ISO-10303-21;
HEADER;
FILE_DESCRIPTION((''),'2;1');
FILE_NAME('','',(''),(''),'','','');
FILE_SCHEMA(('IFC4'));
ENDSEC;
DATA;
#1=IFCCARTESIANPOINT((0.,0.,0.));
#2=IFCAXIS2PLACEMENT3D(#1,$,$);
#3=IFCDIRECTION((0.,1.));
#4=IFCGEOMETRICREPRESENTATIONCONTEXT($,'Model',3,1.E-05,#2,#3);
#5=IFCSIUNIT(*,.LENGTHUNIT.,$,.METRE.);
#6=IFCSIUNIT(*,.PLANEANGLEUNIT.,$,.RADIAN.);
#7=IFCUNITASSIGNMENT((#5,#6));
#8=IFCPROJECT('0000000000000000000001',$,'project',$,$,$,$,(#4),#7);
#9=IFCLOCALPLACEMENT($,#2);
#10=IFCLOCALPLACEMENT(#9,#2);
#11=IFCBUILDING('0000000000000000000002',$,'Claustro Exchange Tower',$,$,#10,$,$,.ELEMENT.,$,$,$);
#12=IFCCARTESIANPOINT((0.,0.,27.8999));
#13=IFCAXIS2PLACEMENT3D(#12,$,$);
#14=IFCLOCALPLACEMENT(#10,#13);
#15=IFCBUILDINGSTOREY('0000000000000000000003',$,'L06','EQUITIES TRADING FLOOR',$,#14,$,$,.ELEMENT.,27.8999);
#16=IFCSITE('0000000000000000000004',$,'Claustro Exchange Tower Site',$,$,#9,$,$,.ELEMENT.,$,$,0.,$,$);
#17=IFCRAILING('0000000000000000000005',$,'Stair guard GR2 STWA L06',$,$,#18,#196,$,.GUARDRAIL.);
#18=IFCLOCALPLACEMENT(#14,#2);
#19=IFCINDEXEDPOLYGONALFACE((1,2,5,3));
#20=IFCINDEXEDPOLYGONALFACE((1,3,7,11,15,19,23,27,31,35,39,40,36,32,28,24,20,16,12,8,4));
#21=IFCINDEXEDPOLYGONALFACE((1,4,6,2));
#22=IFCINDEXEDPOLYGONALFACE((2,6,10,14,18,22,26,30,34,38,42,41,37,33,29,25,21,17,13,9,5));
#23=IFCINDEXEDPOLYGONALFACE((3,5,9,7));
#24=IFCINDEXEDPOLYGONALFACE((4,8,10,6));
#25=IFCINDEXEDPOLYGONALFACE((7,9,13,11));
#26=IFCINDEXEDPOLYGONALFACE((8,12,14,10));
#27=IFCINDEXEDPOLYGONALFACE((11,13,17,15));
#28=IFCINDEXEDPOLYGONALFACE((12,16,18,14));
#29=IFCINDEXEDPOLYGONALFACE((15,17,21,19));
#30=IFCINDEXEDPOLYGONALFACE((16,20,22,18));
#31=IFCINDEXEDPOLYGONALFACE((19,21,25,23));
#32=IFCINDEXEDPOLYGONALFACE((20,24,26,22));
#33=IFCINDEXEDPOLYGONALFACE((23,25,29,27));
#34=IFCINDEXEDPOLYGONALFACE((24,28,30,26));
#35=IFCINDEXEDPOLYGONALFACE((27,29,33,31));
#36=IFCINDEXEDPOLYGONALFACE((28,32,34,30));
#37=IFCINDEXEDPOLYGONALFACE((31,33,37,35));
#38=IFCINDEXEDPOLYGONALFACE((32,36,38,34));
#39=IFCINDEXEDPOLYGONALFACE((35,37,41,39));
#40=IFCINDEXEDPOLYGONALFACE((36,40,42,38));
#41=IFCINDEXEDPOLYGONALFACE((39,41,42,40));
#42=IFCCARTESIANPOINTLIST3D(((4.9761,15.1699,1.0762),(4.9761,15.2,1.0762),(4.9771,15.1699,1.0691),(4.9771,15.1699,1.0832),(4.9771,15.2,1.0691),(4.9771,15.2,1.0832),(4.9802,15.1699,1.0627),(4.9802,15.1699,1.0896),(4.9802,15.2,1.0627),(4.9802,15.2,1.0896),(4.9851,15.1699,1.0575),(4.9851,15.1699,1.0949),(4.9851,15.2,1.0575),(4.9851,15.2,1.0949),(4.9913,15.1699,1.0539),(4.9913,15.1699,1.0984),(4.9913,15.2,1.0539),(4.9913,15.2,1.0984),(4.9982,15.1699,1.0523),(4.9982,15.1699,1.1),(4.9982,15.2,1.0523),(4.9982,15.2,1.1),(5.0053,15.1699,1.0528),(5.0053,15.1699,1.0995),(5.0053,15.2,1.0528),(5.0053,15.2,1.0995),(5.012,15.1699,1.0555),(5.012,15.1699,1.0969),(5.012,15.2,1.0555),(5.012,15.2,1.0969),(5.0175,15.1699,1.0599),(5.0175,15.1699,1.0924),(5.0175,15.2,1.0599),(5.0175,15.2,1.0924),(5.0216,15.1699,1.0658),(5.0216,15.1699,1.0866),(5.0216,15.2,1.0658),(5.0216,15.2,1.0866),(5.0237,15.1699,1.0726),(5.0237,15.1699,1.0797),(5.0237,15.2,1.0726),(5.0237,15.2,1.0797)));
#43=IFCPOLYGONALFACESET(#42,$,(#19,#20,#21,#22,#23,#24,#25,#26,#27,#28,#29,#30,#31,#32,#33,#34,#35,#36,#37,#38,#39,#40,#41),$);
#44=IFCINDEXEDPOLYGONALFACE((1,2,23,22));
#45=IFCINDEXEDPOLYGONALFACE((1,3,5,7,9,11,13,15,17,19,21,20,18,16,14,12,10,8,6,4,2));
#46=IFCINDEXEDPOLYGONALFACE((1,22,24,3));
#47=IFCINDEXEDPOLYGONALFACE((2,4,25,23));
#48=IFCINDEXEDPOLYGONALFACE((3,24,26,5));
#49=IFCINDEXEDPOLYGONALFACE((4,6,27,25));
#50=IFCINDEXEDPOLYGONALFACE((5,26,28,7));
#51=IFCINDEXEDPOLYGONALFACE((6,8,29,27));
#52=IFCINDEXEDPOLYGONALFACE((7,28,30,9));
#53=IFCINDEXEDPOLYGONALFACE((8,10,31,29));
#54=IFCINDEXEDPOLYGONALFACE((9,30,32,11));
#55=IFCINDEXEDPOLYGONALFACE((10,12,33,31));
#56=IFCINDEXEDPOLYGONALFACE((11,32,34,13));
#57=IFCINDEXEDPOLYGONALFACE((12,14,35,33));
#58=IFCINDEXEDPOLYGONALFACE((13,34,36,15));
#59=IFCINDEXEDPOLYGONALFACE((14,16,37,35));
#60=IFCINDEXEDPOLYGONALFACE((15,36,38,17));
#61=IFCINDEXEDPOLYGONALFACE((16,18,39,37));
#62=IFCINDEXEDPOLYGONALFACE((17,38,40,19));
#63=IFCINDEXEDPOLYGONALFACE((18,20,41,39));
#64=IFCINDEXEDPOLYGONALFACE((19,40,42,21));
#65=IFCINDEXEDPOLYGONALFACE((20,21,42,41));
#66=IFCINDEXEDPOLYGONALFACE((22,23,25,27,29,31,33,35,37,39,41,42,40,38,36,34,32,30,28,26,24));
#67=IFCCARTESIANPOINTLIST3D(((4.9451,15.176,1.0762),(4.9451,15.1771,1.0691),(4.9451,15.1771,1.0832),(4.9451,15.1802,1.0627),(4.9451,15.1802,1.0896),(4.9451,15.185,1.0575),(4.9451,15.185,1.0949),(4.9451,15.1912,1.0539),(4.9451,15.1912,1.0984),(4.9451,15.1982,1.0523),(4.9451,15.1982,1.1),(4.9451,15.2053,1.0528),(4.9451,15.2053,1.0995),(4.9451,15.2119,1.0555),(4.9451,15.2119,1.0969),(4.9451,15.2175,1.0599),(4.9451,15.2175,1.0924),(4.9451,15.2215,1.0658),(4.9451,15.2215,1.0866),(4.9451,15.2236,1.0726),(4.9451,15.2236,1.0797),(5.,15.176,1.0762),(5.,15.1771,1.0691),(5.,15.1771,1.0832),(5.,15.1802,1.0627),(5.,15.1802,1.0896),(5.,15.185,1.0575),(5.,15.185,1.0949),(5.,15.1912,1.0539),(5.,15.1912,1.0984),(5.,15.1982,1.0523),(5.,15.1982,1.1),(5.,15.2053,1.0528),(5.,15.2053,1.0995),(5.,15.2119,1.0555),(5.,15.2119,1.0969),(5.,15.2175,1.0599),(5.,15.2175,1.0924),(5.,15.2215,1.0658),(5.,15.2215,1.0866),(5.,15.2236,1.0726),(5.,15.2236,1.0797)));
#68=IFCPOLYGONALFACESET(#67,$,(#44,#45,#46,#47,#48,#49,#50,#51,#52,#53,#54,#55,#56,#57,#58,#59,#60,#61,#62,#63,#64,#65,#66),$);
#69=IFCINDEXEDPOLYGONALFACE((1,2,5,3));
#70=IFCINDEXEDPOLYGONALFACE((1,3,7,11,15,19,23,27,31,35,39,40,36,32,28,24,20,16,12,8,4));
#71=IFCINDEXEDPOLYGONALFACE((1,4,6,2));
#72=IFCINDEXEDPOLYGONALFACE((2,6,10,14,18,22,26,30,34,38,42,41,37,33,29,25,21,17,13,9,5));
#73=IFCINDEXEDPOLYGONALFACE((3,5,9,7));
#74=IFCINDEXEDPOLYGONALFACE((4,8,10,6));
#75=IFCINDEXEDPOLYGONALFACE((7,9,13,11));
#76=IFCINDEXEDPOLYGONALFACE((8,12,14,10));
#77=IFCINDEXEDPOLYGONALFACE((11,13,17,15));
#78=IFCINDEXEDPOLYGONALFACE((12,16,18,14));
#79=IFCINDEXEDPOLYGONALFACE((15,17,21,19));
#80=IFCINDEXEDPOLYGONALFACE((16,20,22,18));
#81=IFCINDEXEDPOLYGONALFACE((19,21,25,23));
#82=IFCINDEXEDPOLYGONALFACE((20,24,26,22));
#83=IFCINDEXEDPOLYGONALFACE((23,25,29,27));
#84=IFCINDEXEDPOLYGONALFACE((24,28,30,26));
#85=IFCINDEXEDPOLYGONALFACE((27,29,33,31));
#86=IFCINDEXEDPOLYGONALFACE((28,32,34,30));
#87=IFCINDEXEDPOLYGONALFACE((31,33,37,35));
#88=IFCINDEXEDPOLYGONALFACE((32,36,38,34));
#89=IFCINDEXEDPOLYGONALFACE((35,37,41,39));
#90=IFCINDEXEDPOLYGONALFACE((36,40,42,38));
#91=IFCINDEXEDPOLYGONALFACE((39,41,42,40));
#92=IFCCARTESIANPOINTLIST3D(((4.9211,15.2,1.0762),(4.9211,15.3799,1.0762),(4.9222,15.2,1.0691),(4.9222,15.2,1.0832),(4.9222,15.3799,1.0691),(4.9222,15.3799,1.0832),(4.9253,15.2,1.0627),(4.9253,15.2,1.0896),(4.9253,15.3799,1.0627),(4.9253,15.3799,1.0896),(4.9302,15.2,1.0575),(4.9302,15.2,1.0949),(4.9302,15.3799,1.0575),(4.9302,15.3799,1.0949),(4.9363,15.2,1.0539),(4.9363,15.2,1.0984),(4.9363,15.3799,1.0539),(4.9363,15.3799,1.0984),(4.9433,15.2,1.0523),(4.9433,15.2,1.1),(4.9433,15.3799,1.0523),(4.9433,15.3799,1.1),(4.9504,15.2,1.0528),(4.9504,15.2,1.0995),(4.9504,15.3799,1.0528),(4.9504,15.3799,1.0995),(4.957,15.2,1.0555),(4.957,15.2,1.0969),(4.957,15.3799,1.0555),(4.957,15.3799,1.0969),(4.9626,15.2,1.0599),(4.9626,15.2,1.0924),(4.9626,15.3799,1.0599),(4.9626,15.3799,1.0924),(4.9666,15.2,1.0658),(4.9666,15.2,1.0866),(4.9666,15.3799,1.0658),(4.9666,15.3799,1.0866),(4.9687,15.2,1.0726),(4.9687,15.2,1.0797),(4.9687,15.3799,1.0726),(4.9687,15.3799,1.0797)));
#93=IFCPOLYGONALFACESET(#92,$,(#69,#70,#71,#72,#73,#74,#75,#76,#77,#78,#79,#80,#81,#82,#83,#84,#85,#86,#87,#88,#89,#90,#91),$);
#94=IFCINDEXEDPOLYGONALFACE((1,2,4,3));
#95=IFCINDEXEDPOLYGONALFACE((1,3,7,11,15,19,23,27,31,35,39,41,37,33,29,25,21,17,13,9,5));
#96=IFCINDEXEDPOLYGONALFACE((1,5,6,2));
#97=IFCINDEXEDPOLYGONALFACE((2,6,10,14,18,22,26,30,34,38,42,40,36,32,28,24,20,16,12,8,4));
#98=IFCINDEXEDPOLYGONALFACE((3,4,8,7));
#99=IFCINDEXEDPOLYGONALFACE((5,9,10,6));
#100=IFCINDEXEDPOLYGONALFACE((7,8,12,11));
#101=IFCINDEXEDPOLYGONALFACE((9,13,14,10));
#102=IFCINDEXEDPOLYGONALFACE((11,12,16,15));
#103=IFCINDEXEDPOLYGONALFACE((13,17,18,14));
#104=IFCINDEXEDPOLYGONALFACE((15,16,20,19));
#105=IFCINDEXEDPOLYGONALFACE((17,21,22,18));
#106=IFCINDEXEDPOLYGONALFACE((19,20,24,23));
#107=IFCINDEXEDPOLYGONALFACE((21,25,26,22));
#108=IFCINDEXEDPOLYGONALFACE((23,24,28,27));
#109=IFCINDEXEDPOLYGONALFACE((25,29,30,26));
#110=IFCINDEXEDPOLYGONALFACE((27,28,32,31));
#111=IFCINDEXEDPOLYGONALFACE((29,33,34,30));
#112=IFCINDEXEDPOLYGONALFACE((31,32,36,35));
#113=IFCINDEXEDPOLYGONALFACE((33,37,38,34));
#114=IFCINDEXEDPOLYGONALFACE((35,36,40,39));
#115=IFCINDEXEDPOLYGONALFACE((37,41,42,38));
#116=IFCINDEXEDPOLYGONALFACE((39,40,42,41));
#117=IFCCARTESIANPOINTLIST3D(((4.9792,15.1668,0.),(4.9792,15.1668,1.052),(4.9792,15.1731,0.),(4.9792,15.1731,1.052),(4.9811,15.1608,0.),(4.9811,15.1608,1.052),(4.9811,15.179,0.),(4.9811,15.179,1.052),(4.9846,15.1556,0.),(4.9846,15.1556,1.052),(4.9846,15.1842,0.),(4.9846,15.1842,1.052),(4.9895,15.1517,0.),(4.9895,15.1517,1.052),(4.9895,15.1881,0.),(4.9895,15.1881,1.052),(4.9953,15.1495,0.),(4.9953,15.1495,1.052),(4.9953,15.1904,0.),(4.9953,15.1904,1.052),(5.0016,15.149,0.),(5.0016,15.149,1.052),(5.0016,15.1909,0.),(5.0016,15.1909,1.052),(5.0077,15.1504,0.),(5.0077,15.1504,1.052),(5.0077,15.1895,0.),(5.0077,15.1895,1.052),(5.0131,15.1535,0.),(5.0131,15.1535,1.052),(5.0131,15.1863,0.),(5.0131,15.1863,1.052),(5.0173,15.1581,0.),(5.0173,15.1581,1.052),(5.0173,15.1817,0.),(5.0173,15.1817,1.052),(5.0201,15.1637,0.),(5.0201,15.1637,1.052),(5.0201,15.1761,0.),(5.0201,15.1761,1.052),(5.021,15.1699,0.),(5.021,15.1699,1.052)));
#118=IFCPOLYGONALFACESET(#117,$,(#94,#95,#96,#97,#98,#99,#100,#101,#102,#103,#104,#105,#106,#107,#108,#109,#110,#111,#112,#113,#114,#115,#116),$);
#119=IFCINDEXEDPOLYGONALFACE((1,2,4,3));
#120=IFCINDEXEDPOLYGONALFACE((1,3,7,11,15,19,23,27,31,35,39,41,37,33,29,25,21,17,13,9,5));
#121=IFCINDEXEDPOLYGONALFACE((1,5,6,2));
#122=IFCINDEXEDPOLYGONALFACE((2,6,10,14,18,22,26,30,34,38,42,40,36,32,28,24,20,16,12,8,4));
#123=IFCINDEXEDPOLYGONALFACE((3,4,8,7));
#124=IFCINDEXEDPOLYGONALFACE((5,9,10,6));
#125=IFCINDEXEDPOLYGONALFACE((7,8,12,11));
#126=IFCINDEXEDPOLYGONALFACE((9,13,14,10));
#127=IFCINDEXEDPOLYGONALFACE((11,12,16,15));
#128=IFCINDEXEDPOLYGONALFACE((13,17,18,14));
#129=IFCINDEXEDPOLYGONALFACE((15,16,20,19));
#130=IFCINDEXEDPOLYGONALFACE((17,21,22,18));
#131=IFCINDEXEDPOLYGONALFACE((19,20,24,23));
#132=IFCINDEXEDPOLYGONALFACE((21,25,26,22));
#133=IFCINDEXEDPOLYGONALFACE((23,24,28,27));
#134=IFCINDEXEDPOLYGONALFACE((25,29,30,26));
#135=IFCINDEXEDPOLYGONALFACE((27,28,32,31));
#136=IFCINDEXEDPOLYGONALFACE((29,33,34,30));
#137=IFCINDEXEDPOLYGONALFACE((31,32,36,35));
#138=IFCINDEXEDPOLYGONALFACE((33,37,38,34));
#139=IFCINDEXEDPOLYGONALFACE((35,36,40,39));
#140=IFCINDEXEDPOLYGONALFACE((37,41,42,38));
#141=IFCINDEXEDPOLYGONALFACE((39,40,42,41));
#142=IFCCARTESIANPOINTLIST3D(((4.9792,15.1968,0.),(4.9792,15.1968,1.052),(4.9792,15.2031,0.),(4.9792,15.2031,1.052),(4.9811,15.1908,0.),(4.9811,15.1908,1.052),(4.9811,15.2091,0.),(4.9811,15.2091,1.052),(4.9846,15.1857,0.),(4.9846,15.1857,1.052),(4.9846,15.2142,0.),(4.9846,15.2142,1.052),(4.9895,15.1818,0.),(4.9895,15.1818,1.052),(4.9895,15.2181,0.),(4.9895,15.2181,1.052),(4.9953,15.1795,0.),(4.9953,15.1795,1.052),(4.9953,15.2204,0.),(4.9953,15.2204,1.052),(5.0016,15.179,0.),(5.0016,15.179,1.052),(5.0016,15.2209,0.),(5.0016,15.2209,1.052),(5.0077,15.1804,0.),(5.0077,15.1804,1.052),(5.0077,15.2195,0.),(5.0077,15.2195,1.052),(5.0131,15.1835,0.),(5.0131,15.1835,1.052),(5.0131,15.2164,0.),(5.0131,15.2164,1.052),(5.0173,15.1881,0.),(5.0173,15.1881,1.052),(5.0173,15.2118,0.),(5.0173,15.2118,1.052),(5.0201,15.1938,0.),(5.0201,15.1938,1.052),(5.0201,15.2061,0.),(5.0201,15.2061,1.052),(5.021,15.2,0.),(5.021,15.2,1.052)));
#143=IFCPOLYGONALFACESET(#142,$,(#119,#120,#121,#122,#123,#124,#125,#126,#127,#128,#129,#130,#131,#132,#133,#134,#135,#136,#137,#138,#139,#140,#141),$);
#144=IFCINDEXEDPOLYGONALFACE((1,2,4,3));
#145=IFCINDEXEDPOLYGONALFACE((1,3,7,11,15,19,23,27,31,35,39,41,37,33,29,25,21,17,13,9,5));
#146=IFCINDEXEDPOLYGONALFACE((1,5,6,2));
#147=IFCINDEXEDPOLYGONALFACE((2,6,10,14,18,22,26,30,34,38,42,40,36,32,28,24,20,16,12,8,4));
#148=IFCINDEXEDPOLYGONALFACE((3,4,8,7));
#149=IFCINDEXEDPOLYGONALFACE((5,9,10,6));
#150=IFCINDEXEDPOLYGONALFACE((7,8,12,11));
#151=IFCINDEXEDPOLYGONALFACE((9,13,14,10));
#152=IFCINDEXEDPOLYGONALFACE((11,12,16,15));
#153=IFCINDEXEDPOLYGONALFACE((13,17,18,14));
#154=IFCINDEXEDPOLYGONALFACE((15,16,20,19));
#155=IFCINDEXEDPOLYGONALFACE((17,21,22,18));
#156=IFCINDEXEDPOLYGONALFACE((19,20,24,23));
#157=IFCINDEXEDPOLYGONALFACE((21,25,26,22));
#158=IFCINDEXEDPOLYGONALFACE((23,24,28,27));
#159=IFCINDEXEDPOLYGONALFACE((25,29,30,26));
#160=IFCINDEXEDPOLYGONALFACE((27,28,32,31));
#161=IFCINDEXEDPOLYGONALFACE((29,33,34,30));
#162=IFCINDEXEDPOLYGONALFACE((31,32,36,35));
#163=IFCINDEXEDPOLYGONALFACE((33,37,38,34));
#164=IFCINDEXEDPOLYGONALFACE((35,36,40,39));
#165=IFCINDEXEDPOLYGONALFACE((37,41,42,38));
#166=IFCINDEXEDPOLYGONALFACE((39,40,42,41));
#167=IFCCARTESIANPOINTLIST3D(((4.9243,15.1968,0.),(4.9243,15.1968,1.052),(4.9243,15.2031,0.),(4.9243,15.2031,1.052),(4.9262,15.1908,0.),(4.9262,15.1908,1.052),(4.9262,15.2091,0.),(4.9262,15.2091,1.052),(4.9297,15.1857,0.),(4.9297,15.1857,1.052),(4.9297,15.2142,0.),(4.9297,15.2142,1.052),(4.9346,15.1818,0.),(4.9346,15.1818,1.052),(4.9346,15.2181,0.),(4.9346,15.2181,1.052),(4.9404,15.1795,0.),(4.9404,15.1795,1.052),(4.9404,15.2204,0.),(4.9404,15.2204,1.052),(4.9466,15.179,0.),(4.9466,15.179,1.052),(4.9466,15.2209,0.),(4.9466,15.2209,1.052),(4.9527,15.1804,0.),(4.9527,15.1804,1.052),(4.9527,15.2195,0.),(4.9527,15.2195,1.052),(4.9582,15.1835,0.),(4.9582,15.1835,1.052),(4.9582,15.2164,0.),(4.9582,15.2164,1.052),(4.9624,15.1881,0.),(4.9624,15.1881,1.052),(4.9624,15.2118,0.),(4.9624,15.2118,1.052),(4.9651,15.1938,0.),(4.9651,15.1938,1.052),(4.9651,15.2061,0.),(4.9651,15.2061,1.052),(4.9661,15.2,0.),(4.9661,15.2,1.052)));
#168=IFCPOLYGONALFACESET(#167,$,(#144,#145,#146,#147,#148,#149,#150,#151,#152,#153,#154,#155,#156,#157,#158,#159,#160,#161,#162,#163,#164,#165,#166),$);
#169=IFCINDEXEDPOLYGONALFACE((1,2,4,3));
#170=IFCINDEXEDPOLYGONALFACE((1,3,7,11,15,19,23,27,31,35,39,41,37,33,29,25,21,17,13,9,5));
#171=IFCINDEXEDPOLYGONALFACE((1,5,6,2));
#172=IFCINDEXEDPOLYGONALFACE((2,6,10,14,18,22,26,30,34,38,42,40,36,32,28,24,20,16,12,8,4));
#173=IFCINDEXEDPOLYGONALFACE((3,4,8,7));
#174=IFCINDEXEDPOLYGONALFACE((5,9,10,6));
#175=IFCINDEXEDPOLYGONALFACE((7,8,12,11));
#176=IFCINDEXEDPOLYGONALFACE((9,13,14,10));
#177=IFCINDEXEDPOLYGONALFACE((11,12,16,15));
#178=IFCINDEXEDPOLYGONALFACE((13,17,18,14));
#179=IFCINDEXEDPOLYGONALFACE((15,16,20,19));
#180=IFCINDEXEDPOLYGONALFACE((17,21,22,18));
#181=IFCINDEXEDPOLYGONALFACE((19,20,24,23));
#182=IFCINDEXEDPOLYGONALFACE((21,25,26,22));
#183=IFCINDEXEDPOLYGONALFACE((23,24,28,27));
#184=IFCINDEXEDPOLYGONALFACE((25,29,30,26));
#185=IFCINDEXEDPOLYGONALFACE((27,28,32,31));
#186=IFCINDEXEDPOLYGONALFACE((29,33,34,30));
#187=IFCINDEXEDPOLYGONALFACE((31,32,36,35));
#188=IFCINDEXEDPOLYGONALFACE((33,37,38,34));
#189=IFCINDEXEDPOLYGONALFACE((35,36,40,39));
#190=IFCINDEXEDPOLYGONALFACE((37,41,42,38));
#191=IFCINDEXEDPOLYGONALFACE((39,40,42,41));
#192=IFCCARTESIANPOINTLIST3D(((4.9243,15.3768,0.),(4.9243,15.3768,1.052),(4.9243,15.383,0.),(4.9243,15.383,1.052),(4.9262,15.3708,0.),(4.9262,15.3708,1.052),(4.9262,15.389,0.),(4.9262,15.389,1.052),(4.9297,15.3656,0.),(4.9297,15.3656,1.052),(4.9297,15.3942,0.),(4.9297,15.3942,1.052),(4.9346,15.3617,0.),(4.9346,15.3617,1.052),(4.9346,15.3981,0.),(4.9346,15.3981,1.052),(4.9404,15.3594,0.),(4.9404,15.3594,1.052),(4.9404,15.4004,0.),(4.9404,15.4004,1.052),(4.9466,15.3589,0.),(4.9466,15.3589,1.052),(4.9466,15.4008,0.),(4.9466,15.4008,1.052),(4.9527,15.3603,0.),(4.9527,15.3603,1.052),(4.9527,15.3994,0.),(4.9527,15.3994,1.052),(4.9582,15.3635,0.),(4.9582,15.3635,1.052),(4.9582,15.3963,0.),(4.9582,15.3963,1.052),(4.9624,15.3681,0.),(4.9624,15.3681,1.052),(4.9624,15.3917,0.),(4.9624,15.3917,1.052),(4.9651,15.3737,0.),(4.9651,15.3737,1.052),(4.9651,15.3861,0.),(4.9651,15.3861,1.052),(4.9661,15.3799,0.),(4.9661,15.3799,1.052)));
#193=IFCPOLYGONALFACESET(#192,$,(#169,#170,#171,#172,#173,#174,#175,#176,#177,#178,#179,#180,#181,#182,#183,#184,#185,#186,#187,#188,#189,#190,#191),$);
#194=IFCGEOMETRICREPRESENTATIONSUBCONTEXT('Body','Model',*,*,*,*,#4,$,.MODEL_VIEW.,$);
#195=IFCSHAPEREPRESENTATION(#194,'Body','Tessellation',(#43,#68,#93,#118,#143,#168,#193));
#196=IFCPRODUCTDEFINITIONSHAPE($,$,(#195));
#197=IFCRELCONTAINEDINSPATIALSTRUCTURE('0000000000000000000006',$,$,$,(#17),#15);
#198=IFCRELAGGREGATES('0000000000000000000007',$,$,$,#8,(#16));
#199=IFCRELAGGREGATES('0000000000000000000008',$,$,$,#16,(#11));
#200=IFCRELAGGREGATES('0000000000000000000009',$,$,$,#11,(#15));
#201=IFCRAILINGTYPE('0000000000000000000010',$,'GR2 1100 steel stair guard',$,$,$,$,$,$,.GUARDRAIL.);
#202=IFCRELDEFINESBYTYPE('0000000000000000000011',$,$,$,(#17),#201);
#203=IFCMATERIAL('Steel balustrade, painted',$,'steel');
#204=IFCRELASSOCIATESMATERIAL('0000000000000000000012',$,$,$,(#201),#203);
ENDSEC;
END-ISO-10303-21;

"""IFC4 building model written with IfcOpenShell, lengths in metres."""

from ifc_helpers import new_model, si_unit, direction, frame, origin, origin_2d, place, context, subcontext, project, spatial, circle, extrude, material, type_object, element, save


model = new_model("IFC4")

# Units and contexts
model_context = context("Model", 3, precision=1e-05, world=origin(), true_north=direction((0.0, 1.0)))
body_context = subcontext(model_context, "Body", "Model", "MODEL_VIEW")
ifc_project = project(units=[si_unit("LENGTHUNIT", "METRE"), si_unit("PLANEANGLEUNIT", "RADIAN")], contexts=[model_context])

# Site, building, storey
site_placement = place(None, origin())
site = spatial("IfcSite", under=ifc_project, at=site_placement, Name="Claustro Exchange Tower Site", CompositionType="ELEMENT", RefElevation=0.0)
building_placement = place(site_placement, origin())
building = spatial("IfcBuilding", under=site, at=building_placement, Name="Claustro Exchange Tower", CompositionType="ELEMENT")
storey_placement = place(building_placement, frame((0.0, 0.0, 27.8999)))
storey = spatial("IfcBuildingStorey", under=building, at=storey_placement, Name="L06", Description="EQUITIES TRADING FLOOR", CompositionType="ELEMENT", Elevation=27.8999)

# Railing
ifc_material_1 = material(Name="Steel balustrade, painted", Category="steel")
railing_type_1 = type_object("IfcRailingType", Name="GR2 1100 steel stair guard", PredefinedType="GUARDRAIL", material=ifc_material_1)
railing_1_placement = place(storey_placement, frame((5.0, 15.1699, 0.0)))
element("IfcRailing", 1, at=railing_1_placement, inside=storey, type_object=railing_type_1, Name="Stair guard GR2 STWA L06", PredefinedType="GUARDRAIL", context=body_context, shape_type="SweptSolid", body=[
    extrude(circle(Radius=0.0239, at=origin_2d()), frame((0.0, 0.0, 1.0762), z_axis=(0.0, 1.0, 0.0), x_axis=(-1.0, 0.0, 0.0)), (0.0, 0.0, 1.0), 0.03),
    extrude(circle(Radius=0.0239, at=origin_2d()), frame((0.0, 0.03, 1.0762), z_axis=(-1.0, 0.0, 0.0), x_axis=(0.0, -1.0, 0.0)), (0.0, 0.0, 1.0), 0.0549),
    extrude(circle(Radius=0.0239, at=origin_2d()), frame((-0.0549, 0.03, 1.0762), z_axis=(0.0, 1.0, 0.0), x_axis=(-1.0, 0.0, 0.0)), (0.0, 0.0, 1.0), 0.1799),
    extrude(circle(Radius=0.021, at=origin_2d()), origin(), (0.0, 0.0, 1.0), 1.052),
    extrude(circle(Radius=0.021, at=origin_2d()), frame((0.0, 0.03, 0.0)), (0.0, 0.0, 1.0), 1.052),
    extrude(circle(Radius=0.021, at=origin_2d()), frame((-0.0549, 0.03, 0.0)), (0.0, 0.0, 1.0), 1.052),
    extrude(circle(Radius=0.021, at=origin_2d()), frame((-0.0549, 0.21, 0.0)), (0.0, 0.0, 1.0), 1.052),
])

save(model, "model.ifc")
